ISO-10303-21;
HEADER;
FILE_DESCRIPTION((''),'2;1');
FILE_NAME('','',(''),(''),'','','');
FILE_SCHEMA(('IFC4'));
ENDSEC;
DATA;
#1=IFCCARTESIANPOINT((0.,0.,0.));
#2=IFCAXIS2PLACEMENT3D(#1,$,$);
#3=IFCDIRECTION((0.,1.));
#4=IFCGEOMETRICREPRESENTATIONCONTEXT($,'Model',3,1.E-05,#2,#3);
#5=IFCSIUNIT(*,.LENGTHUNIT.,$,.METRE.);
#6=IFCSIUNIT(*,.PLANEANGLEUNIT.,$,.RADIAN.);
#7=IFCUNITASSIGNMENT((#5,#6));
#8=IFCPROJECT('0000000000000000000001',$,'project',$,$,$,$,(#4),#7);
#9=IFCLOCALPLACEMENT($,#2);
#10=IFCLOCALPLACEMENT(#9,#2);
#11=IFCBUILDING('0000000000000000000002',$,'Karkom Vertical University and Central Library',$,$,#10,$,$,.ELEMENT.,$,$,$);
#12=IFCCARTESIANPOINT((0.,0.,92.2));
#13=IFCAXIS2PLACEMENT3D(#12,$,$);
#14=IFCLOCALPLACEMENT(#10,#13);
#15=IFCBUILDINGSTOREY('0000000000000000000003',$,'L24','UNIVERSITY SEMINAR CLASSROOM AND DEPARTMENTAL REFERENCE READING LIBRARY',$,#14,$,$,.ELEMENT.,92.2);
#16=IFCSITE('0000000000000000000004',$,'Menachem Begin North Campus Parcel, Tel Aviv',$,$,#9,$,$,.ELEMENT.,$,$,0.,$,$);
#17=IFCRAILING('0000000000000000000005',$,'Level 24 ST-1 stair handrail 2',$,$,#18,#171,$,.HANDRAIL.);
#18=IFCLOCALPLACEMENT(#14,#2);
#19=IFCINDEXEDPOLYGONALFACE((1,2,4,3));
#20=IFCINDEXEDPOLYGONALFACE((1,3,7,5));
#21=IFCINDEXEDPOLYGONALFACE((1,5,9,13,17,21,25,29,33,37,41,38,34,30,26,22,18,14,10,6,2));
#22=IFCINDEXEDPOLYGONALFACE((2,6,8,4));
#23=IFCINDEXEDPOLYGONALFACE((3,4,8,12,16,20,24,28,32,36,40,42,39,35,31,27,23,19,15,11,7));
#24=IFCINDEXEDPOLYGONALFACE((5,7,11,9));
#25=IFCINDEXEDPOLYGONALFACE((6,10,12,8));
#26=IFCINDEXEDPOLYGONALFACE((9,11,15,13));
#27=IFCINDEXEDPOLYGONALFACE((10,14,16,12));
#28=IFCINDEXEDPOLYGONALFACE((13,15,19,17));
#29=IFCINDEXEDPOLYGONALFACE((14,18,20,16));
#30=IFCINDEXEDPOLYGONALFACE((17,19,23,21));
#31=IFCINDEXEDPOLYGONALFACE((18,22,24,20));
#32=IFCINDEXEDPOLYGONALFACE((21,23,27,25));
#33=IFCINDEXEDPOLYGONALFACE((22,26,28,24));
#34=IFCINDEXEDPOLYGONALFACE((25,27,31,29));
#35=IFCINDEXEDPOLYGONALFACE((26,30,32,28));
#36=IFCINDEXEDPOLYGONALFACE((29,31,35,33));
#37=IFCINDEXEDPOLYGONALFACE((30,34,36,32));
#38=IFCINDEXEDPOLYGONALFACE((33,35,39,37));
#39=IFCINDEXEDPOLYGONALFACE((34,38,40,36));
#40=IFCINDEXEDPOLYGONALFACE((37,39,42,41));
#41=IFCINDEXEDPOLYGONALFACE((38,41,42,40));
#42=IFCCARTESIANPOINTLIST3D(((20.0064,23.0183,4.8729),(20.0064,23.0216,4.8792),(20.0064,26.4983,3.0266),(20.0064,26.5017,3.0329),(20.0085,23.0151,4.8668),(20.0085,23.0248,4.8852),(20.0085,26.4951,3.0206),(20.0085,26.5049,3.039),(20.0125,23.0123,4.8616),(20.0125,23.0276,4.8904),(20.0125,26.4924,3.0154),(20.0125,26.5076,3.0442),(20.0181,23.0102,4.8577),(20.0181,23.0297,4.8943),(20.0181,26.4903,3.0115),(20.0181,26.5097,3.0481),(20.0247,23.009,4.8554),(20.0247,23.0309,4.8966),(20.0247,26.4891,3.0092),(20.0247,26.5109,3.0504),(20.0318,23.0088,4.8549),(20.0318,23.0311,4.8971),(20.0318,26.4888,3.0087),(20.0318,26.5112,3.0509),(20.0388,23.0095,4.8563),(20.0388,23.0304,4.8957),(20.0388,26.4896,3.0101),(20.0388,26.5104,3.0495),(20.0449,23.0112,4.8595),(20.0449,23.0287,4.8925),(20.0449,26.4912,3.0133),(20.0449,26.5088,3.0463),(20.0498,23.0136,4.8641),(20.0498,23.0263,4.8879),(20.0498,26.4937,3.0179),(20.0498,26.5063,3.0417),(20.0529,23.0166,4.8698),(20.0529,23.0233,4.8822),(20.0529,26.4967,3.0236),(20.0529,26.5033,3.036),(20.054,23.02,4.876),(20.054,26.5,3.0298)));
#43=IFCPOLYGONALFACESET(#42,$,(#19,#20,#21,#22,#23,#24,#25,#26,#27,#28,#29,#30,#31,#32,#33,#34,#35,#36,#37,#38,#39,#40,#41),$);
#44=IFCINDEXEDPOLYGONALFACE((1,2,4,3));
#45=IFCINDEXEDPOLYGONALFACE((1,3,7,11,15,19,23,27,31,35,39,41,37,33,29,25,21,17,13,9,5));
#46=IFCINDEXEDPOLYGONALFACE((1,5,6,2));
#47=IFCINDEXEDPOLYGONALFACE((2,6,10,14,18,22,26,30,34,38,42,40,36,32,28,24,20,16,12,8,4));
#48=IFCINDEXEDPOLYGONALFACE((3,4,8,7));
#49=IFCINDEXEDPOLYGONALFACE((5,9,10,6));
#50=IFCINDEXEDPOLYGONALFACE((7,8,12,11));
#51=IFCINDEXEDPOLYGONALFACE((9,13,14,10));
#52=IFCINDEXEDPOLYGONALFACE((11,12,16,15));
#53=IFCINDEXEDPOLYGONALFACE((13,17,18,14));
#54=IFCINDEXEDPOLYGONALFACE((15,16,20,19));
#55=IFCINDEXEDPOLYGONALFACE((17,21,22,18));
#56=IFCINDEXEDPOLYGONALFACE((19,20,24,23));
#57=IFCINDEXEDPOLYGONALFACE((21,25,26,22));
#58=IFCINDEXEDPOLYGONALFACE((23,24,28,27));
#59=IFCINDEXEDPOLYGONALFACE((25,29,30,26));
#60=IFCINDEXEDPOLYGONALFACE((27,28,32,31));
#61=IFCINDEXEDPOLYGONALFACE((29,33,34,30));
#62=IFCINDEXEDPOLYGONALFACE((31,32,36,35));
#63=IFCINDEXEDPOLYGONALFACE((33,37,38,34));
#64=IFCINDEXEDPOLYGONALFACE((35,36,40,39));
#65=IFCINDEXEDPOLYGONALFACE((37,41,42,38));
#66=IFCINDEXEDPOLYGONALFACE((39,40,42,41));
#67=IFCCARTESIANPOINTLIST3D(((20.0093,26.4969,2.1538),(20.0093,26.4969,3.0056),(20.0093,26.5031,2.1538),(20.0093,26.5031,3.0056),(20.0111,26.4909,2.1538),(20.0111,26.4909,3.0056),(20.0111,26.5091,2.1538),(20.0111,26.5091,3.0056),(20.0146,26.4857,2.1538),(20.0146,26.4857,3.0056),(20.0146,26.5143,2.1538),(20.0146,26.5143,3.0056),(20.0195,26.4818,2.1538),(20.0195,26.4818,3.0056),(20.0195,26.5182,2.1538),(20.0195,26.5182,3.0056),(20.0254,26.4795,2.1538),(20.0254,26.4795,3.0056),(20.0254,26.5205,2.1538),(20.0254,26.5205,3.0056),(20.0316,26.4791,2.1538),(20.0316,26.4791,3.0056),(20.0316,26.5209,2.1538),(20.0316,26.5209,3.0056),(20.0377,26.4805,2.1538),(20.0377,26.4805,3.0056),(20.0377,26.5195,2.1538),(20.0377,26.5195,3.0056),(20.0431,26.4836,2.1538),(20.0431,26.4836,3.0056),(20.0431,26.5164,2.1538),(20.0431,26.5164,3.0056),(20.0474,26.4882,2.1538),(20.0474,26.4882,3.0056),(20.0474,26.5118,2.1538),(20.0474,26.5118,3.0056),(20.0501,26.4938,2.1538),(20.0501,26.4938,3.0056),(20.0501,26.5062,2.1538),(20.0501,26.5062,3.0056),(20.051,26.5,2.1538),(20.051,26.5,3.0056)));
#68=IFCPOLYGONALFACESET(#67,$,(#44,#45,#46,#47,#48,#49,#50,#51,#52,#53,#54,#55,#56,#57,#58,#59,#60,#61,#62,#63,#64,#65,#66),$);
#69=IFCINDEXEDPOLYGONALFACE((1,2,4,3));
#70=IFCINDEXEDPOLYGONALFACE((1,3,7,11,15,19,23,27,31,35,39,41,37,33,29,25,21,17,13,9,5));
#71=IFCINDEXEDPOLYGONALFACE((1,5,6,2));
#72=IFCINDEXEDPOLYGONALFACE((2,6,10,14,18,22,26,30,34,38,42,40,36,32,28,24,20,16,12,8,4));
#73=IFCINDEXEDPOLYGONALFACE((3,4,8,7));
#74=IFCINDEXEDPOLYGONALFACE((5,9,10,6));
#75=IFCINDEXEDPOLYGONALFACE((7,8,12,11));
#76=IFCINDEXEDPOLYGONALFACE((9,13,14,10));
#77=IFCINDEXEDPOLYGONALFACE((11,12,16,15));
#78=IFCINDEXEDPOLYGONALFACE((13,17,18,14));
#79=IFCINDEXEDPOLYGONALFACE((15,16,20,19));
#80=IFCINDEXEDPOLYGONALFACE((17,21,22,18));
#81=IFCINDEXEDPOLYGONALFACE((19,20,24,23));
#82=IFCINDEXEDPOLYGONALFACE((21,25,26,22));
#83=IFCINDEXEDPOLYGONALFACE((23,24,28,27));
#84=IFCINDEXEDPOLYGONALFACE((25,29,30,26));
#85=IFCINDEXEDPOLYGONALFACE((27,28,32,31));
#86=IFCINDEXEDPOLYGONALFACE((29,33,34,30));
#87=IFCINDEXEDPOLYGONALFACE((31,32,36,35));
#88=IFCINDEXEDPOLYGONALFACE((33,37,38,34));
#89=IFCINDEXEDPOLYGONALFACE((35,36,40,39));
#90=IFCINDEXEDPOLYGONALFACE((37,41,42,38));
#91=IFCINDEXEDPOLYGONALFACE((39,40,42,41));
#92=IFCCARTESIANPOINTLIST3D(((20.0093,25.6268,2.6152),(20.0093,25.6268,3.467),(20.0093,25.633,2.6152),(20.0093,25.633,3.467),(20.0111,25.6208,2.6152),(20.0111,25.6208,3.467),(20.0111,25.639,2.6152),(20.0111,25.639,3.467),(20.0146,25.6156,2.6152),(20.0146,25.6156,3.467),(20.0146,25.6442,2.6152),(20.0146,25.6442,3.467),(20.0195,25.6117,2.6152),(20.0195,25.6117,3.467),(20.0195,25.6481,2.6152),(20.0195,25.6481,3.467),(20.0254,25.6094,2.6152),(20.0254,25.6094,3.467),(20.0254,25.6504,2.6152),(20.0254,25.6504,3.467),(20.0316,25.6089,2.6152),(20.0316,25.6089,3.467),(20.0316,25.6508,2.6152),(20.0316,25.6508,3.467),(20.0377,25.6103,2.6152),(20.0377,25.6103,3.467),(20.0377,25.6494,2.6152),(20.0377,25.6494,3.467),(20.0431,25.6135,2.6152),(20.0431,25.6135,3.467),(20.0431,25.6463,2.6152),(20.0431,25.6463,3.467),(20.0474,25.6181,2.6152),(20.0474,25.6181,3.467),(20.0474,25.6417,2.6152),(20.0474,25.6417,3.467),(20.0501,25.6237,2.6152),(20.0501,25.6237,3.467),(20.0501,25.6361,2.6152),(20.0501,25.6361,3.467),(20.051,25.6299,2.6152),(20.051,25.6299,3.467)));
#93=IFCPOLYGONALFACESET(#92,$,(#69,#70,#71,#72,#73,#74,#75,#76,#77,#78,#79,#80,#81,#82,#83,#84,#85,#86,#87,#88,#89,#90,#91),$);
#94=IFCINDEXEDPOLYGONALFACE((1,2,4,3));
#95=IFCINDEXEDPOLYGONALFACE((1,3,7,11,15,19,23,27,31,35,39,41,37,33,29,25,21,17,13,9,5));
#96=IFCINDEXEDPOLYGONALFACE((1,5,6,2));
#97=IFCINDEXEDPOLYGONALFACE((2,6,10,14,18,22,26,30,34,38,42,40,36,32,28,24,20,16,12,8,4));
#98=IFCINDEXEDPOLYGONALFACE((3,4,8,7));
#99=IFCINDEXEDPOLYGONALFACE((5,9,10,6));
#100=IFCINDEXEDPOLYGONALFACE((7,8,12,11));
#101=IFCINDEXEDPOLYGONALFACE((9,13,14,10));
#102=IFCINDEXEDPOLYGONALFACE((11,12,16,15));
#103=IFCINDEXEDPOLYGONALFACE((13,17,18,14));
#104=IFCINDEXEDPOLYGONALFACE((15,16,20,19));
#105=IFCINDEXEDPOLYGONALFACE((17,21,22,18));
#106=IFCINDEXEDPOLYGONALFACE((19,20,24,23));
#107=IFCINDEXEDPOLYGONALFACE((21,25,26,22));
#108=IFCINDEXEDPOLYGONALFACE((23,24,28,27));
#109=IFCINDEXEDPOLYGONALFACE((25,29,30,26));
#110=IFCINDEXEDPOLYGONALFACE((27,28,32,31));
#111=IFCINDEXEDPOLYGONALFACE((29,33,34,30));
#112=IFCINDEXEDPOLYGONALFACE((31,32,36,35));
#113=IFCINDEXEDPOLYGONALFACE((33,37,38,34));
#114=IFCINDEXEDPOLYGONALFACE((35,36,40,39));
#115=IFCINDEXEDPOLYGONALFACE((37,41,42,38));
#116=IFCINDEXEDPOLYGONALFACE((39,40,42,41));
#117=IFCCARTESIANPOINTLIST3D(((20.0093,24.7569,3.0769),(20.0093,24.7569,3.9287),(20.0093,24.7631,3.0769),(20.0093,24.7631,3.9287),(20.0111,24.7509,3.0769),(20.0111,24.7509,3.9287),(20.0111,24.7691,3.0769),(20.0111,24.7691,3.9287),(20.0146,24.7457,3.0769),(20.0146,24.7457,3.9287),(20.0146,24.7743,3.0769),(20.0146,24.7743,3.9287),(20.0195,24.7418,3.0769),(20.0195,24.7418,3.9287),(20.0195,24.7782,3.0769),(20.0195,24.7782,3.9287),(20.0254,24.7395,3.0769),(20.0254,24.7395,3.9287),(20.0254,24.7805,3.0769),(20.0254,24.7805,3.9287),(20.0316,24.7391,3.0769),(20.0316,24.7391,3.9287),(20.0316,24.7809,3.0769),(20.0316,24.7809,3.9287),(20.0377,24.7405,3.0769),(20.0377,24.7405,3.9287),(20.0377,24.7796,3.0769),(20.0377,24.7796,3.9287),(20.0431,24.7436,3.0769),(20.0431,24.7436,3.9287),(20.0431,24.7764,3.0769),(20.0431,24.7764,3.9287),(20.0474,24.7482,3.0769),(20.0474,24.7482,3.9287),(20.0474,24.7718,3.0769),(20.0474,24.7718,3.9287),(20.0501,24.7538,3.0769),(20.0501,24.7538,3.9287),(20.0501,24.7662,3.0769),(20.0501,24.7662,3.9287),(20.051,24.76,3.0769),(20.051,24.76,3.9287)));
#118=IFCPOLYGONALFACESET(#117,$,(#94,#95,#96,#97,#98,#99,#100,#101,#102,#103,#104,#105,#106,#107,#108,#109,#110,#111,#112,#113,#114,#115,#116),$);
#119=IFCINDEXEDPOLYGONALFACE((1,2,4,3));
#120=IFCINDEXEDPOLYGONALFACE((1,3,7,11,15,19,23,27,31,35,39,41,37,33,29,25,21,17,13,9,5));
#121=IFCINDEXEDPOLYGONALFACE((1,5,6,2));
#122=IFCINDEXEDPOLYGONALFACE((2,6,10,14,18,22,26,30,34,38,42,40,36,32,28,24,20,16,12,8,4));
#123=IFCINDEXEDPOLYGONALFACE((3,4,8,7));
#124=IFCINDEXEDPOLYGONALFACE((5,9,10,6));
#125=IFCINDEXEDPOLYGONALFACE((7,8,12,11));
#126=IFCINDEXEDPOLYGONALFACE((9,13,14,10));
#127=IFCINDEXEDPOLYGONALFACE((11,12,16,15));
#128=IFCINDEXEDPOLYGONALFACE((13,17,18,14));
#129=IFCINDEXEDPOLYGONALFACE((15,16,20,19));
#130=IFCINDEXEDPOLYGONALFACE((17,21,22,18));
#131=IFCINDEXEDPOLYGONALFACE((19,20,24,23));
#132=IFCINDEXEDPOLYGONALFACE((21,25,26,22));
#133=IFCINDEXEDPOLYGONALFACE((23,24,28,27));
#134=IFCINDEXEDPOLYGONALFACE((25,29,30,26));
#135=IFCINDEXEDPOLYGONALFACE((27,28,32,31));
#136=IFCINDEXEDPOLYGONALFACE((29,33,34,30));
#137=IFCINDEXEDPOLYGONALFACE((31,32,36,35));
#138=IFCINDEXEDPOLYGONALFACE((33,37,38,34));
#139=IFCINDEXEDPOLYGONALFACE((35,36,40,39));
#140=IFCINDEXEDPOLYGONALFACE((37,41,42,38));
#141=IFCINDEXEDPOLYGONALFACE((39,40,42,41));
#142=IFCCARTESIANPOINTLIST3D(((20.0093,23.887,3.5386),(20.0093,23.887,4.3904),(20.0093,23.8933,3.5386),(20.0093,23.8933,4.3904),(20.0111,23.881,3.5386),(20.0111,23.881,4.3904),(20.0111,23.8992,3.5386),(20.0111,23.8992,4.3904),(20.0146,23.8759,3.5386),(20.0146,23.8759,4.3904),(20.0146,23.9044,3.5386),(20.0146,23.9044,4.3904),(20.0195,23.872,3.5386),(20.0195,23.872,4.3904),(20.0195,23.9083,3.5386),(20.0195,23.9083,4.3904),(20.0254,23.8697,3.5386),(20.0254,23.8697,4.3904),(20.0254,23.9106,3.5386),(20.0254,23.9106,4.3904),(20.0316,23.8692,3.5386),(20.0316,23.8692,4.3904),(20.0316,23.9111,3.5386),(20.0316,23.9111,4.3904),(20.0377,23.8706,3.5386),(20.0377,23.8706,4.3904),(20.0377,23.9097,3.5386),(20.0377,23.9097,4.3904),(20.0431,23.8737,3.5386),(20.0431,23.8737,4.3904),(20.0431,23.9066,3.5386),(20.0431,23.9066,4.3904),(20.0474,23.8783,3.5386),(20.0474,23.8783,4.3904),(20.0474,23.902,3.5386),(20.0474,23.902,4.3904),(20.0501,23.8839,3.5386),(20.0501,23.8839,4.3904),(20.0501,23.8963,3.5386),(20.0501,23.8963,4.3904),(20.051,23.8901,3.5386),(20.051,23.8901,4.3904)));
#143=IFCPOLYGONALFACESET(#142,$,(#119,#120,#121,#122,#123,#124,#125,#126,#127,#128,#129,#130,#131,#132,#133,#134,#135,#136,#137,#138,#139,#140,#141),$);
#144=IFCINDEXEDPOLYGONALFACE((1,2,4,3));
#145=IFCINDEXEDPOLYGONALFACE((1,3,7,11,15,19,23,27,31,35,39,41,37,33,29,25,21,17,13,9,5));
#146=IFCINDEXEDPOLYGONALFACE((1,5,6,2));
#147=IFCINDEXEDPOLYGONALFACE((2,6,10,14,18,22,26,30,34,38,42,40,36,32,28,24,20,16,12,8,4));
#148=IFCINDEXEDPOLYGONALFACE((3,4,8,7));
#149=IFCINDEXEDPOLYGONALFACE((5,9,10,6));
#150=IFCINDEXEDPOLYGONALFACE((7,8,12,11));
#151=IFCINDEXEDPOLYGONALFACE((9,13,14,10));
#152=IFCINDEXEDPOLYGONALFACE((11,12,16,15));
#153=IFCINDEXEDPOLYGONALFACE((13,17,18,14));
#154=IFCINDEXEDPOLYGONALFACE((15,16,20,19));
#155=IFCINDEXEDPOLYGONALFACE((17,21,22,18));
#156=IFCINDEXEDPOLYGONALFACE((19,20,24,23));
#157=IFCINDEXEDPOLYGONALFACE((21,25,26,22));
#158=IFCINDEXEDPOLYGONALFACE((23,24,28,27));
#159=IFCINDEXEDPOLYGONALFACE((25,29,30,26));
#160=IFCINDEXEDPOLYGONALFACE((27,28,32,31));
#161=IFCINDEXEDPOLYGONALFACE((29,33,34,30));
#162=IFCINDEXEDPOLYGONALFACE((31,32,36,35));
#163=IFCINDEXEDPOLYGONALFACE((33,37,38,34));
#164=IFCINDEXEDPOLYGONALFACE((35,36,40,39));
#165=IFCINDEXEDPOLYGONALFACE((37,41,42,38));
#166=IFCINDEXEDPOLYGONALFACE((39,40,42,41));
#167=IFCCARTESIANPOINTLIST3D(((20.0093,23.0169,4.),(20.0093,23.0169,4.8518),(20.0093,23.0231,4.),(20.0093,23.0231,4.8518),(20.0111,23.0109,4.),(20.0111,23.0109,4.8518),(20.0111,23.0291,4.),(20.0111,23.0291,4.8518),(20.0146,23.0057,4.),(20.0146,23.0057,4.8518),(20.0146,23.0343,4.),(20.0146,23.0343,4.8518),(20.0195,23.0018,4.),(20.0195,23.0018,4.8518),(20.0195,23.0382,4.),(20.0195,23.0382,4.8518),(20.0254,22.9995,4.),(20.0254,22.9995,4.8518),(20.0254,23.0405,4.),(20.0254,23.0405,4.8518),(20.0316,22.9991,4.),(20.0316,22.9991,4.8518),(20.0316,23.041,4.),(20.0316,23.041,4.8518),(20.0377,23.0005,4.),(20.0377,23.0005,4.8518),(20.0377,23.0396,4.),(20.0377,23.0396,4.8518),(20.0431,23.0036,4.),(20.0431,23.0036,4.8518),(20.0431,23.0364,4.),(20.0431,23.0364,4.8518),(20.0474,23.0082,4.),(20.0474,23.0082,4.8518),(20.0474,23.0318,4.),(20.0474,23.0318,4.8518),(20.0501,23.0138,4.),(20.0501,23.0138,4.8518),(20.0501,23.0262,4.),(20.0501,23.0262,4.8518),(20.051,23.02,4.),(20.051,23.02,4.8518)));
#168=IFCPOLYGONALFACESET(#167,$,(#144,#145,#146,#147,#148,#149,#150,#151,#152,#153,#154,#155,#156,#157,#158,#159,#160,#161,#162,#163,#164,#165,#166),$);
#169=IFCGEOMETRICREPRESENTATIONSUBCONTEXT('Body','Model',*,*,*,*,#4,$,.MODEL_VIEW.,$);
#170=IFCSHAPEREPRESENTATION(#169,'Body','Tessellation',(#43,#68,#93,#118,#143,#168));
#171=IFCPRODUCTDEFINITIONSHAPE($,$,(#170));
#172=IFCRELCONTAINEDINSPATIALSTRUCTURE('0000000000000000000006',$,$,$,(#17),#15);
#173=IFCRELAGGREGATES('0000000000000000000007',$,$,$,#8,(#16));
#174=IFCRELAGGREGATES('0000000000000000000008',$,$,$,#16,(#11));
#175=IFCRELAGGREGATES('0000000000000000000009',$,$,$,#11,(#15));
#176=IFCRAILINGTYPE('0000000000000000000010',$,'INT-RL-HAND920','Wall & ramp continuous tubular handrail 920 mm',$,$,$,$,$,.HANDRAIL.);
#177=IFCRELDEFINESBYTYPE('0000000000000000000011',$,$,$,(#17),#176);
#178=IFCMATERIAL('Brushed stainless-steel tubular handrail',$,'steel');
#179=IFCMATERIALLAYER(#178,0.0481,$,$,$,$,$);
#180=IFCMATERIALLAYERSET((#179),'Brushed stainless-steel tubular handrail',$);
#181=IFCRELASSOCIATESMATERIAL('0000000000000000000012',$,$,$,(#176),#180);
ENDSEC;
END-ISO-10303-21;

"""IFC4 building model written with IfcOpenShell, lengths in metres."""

from ifc_helpers import new_model, si_unit, direction, frame, origin, origin_2d, place, context, subcontext, project, spatial, circle, extrude, material, layer, layer_set, type_object, element, save


model = new_model("IFC4")

# Units and contexts
model_context = context("Model", 3, precision=1e-05, world=origin(), true_north=direction((0.0, 1.0)))
body_context = subcontext(model_context, "Body", "Model", "MODEL_VIEW")
ifc_project = project(units=[si_unit("LENGTHUNIT", "METRE"), si_unit("PLANEANGLEUNIT", "RADIAN")], contexts=[model_context])

# Site, building, storey
site_placement = place(None, origin())
site = spatial("IfcSite", under=ifc_project, at=site_placement, Name="Menachem Begin North Campus Parcel, Tel Aviv", CompositionType="ELEMENT", RefElevation=0.0)
building_placement = place(site_placement, origin())
building = spatial("IfcBuilding", under=site, at=building_placement, Name="Karkom Vertical University and Central Library", CompositionType="ELEMENT")
storey_placement = place(building_placement, frame((0.0, 0.0, 92.2)))
storey = spatial("IfcBuildingStorey", under=building, at=storey_placement, Name="L24", Description="UNIVERSITY SEMINAR CLASSROOM AND DEPARTMENTAL REFERENCE READING LIBRARY", CompositionType="ELEMENT", Elevation=92.2)

# Railing
ifc_material_1 = material(Name="Brushed stainless-steel tubular handrail", Category="steel")
ifc_layer_1 = layer(ifc_material_1, 0.0481)
ifc_layer_set_1 = layer_set([ifc_layer_1], Name="Brushed stainless-steel tubular handrail")
railing_type_1 = type_object("IfcRailingType", Name="INT-RL-HAND920", Description="Wall & ramp continuous tubular handrail 920 mm", PredefinedType="HANDRAIL", material=ifc_layer_set_1)
railing_1_placement = place(storey_placement, frame((20.03, 26.5, 2.1538)))
element("IfcRailing", 1, at=railing_1_placement, inside=storey, type_object=railing_type_1, Name="Level 24 ST-1 stair handrail 2", PredefinedType="HANDRAIL", context=body_context, shape_type="SweptSolid", body=[
    extrude(circle(Radius=0.0239, at=origin_2d()), frame((0.0, 0.0, 0.876), z_axis=(0.0, -0.883384, 0.468651), x_axis=(1.0, 0.0, 0.0)), (0.0, 0.0, 1.0), 3.9395),
    extrude(circle(Radius=0.021, at=origin_2d()), origin(), (0.0, 0.0, 1.0), 0.8518),
    extrude(circle(Radius=0.021, at=origin_2d()), frame((0.0, -0.8701, 0.4614)), (0.0, 0.0, 1.0), 0.8518),
    extrude(circle(Radius=0.021, at=origin_2d()), frame((0.0, -1.74, 0.9231)), (0.0, 0.0, 1.0), 0.8518),
    extrude(circle(Radius=0.021, at=origin_2d()), frame((0.0, -2.6099, 1.3848)), (0.0, 0.0, 1.0), 0.8518),
    extrude(circle(Radius=0.021, at=origin_2d()), frame((0.0, -3.48, 1.8462)), (0.0, 0.0, 1.0), 0.8518),
])

save(model, "model.ifc")
